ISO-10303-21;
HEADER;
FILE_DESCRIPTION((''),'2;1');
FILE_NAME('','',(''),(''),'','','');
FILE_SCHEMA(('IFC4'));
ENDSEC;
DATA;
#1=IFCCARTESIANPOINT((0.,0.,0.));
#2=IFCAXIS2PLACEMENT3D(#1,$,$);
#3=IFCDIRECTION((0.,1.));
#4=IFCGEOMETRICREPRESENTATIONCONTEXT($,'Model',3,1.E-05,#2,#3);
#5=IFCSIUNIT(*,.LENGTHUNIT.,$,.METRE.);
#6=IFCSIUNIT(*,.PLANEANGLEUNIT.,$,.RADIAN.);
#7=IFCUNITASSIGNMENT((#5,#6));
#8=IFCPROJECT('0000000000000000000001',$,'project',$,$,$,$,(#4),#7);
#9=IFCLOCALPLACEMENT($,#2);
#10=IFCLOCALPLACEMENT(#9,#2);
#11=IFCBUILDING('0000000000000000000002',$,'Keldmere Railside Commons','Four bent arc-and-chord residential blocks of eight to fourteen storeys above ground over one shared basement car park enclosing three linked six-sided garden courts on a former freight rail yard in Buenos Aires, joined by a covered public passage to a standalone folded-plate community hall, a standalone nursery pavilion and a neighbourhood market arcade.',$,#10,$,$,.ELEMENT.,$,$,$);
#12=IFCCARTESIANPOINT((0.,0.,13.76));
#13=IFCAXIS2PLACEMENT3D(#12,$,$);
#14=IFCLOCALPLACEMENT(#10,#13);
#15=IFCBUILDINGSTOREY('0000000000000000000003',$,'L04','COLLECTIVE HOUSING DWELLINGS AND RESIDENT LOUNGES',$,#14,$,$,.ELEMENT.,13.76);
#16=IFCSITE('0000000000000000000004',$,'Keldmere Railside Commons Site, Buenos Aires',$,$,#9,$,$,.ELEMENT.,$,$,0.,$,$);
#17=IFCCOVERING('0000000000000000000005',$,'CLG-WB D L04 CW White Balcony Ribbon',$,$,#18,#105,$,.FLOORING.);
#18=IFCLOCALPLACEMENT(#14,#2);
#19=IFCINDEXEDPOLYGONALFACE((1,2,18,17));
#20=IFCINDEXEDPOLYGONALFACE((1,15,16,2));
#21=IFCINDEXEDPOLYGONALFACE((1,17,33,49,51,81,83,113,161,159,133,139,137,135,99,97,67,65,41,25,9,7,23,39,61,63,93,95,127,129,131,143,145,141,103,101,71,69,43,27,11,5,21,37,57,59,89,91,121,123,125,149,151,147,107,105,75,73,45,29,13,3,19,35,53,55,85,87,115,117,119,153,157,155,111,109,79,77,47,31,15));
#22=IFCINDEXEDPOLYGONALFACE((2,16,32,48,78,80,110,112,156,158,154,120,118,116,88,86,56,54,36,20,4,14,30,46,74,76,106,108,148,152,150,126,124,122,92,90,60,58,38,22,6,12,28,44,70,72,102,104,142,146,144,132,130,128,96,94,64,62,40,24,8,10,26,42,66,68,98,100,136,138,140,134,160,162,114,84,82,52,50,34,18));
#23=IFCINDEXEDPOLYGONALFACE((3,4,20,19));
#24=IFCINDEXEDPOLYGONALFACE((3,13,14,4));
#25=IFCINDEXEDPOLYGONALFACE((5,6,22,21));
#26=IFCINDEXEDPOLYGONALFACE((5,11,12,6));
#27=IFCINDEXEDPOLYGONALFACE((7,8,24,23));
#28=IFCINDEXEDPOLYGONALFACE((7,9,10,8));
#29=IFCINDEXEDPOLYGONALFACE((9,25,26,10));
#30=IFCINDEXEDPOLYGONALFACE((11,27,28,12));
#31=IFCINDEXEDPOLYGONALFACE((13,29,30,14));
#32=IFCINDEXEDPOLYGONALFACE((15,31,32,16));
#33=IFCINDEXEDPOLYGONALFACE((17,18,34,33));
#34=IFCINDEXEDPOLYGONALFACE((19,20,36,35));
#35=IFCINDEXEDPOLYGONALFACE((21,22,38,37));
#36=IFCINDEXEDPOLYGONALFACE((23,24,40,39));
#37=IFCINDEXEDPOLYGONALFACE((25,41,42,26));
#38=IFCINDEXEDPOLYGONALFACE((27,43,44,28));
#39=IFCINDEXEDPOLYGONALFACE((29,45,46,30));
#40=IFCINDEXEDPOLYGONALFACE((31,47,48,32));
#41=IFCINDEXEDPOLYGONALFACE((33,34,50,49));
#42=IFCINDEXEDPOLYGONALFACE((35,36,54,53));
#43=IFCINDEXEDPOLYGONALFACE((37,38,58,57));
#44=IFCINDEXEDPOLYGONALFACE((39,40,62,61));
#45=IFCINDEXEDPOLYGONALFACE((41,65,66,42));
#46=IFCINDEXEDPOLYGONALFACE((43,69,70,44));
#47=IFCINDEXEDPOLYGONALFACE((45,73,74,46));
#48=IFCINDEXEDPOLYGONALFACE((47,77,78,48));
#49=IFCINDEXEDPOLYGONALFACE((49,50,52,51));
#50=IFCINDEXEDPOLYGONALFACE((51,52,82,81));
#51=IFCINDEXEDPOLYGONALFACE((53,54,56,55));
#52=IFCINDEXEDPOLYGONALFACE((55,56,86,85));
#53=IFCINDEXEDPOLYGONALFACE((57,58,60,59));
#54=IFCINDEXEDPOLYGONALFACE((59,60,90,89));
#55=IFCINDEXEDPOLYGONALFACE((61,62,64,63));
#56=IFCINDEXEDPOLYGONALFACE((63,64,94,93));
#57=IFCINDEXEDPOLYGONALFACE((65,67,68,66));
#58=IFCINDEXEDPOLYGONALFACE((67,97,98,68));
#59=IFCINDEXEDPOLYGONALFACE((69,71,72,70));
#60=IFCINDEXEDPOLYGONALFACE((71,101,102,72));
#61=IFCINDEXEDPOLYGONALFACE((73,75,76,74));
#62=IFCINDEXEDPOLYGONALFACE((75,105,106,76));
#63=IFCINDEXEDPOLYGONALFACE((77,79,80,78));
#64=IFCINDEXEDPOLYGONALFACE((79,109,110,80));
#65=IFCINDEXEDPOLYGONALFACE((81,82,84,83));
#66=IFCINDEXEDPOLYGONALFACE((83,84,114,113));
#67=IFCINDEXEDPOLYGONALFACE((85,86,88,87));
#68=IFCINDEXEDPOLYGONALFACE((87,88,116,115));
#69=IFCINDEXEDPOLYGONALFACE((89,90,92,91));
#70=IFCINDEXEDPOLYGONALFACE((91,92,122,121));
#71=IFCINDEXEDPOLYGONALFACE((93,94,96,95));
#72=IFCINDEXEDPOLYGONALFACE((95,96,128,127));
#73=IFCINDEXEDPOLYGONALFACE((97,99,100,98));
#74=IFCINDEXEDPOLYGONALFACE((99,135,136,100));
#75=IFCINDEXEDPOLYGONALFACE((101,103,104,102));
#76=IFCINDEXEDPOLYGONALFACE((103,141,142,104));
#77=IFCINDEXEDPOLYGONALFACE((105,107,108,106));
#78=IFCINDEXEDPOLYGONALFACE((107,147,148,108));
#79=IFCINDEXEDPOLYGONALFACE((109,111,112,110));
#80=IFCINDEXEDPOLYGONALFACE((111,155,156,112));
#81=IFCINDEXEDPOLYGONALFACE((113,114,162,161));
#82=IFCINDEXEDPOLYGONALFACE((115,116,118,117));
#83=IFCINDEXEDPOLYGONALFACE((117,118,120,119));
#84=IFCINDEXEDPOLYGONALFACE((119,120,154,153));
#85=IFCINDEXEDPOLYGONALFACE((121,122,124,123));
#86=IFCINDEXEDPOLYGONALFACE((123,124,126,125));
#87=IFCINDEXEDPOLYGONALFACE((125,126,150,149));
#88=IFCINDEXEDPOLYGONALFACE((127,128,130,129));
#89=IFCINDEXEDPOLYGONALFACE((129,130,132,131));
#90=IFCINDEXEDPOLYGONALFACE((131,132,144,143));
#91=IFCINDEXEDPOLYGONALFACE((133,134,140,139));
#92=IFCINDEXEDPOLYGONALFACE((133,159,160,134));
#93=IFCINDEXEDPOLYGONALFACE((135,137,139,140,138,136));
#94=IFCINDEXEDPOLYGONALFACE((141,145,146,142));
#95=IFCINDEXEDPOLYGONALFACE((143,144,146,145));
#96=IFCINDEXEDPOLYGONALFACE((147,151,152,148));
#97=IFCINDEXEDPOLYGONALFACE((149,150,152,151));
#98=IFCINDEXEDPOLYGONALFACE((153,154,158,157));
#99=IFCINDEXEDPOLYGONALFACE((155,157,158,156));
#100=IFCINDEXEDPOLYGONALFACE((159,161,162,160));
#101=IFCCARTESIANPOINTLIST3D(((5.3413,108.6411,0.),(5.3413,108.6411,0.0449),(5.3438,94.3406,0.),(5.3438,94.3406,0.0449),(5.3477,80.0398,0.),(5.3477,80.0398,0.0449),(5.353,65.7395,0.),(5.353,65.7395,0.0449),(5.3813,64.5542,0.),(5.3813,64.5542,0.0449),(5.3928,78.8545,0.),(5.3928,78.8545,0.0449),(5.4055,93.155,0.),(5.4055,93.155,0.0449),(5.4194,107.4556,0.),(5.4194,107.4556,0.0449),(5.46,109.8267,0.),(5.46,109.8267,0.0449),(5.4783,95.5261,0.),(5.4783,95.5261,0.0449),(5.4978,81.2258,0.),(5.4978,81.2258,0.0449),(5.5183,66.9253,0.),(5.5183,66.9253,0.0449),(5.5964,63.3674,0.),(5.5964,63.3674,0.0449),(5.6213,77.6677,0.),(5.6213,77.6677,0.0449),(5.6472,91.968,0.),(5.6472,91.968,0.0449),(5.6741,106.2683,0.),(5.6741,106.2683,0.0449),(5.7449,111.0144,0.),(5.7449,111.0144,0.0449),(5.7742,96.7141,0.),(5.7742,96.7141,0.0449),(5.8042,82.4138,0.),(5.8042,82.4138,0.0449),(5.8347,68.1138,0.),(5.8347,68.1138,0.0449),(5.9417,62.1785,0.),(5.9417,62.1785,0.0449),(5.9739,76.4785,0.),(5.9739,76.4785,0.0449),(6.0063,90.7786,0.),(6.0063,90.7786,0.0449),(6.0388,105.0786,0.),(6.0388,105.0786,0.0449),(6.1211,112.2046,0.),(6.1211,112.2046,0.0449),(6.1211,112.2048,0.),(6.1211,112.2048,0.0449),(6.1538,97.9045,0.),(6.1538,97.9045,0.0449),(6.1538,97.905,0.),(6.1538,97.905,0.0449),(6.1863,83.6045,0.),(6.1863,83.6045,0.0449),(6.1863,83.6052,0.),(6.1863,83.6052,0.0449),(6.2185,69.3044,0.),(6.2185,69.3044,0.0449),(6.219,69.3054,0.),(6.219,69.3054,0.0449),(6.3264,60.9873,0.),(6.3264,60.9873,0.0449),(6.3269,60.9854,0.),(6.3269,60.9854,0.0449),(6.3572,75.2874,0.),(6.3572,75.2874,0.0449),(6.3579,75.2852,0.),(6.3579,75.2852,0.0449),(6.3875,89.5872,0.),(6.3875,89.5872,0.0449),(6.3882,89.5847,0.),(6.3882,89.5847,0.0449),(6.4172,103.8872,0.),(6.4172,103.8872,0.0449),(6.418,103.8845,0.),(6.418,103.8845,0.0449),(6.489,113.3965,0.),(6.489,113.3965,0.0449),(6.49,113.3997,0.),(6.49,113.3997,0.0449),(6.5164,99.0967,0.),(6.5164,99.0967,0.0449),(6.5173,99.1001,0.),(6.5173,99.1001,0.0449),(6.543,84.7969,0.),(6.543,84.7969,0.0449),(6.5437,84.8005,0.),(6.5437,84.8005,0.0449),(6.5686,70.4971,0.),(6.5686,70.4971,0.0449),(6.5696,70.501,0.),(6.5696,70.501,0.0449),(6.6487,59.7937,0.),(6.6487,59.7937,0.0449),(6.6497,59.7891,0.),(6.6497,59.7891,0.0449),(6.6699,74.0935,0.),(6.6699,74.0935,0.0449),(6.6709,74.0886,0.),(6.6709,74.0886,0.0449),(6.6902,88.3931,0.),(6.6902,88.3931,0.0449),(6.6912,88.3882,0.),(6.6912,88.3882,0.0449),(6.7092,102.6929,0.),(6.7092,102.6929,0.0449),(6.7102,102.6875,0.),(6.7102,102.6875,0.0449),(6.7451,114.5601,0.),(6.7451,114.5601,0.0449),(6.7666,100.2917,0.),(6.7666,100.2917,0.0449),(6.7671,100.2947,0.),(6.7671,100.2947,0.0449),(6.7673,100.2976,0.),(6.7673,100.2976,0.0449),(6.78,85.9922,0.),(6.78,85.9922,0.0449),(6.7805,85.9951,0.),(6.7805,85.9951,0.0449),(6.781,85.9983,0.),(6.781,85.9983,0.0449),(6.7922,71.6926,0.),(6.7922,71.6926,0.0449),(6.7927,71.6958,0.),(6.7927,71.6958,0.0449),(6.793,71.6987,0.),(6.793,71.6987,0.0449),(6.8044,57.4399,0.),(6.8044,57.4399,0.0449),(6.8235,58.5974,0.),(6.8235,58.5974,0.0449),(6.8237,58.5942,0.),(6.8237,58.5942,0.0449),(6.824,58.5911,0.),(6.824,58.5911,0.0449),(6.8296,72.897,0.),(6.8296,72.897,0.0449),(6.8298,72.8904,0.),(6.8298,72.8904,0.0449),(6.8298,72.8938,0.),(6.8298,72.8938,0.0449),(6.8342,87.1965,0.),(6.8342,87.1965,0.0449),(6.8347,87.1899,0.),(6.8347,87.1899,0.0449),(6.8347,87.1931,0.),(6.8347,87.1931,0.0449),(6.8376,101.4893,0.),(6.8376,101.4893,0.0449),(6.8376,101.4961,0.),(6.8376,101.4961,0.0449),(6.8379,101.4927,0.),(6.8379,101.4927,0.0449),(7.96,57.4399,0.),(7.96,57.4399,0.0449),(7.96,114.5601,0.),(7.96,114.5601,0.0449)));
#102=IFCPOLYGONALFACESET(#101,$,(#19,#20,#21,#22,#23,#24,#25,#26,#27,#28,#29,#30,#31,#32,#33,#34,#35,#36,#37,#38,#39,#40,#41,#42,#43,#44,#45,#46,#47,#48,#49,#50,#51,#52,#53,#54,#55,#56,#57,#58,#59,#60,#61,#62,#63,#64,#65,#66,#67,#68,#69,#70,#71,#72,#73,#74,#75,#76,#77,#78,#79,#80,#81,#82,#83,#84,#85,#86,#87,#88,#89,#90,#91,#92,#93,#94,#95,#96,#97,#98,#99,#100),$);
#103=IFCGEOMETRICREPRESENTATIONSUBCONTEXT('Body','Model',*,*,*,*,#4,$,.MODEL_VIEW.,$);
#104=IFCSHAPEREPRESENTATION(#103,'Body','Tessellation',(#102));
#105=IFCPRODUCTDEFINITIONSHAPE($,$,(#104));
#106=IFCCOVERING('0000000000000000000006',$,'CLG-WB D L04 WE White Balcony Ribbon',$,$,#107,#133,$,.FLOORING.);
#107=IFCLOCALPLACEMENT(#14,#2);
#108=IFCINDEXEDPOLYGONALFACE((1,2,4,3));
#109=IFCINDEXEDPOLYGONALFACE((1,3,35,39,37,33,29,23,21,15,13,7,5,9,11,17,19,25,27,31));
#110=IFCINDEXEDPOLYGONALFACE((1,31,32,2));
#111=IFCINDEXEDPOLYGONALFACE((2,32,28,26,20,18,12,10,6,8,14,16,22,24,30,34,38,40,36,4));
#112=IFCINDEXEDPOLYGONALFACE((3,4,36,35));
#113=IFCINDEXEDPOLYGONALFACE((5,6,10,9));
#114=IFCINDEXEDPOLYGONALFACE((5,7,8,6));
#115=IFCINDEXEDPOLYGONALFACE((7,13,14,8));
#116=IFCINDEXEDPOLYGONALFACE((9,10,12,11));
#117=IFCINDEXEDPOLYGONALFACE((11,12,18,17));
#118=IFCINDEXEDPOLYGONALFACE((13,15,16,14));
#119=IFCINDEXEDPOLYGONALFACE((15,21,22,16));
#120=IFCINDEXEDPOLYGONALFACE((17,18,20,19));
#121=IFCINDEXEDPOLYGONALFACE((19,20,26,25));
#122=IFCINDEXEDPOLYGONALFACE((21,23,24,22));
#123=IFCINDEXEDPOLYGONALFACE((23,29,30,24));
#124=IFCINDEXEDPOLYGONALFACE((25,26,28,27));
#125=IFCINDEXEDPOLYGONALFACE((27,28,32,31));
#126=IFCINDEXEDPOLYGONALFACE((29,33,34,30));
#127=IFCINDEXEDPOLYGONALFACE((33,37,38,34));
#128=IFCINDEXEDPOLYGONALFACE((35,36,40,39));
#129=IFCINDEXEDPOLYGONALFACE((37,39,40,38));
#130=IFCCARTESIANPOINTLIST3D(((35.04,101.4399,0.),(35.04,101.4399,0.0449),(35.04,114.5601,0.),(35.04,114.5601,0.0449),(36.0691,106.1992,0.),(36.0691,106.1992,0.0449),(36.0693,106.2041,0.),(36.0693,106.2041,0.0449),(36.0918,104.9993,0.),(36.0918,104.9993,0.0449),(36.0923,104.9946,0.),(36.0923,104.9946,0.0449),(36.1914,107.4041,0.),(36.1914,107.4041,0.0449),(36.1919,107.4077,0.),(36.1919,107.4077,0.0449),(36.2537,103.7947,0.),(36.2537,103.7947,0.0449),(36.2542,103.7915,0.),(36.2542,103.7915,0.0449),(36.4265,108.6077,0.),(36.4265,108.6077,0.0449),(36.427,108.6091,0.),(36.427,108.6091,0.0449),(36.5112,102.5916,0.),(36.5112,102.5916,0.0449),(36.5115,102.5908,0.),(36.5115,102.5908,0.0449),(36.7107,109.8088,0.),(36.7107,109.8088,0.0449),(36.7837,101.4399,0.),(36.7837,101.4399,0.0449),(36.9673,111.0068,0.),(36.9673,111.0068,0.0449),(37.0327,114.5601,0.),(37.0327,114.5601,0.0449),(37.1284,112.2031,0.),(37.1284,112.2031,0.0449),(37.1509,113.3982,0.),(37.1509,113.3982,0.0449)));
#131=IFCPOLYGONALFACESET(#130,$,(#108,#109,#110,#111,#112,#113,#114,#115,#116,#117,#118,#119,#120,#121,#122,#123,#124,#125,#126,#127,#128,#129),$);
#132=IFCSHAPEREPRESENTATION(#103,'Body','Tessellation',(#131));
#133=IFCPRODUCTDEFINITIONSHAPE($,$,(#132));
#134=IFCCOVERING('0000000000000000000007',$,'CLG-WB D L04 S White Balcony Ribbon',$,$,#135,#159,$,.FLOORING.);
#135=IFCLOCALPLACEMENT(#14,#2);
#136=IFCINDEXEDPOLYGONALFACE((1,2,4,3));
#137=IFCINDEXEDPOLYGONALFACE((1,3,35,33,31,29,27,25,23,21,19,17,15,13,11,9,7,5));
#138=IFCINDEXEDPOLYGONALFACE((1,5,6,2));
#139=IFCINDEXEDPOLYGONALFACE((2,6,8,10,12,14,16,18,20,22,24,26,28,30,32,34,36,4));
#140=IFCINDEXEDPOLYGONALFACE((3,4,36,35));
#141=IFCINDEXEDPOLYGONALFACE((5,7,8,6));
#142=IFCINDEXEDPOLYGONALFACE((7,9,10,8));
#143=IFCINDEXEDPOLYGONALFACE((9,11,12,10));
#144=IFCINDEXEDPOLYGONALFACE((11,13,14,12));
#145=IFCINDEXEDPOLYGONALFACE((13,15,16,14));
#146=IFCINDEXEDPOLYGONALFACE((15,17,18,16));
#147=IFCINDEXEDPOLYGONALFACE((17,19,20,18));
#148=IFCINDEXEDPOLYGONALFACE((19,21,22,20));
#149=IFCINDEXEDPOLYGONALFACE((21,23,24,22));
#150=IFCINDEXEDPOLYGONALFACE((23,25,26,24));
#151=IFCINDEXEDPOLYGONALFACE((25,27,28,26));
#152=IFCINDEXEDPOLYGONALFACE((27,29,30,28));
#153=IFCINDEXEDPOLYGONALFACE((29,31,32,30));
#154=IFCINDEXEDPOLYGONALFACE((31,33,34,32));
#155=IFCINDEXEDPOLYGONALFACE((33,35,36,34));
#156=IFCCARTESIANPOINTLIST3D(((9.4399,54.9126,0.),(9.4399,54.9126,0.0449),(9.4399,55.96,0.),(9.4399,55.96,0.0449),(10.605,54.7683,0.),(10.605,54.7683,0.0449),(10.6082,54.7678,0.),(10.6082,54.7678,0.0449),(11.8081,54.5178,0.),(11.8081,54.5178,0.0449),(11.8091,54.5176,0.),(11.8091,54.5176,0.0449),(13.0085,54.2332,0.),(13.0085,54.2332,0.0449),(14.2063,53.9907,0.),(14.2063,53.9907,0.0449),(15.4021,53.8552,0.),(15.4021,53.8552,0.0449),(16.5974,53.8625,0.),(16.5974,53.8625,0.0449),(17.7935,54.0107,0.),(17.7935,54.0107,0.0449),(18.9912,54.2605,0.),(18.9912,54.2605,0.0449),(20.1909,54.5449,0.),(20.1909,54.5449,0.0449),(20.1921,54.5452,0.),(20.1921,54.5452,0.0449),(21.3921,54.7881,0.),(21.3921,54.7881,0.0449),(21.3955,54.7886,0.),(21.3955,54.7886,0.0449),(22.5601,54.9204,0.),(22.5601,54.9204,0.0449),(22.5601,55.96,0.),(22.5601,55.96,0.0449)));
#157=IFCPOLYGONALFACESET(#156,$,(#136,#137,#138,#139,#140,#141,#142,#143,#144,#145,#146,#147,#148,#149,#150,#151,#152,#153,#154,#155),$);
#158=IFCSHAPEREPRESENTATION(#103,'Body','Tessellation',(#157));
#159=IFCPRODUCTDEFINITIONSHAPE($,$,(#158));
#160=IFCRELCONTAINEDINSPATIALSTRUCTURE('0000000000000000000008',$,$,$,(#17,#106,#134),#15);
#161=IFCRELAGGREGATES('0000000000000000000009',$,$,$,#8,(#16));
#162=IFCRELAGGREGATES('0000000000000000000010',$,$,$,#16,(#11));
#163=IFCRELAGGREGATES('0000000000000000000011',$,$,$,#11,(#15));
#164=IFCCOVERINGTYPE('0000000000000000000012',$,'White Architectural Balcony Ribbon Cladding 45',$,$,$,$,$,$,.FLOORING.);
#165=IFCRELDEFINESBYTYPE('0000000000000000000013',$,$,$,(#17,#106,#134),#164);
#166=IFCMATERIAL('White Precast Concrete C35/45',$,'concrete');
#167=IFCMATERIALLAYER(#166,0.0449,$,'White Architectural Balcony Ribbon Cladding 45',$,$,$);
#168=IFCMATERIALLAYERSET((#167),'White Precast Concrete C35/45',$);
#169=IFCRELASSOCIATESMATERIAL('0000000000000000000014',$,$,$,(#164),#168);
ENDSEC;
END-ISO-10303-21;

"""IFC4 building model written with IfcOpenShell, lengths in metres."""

from ifc_helpers import new_model, si_unit, direction, frame, origin, place, context, subcontext, project, spatial, polyline, outline, extrude, material, layer, layer_set, type_object, element, save


model = new_model("IFC4")

# Units and contexts
model_context = context("Model", 3, precision=1e-05, world=origin(), true_north=direction((0.0, 1.0)))
body_context = subcontext(model_context, "Body", "Model", "MODEL_VIEW")
ifc_project = project(units=[si_unit("LENGTHUNIT", "METRE"), si_unit("PLANEANGLEUNIT", "RADIAN")], contexts=[model_context])

# Site, building, storey
site_placement = place(None, origin())
site = spatial("IfcSite", under=ifc_project, at=site_placement, Name="Keldmere Railside Commons Site, Buenos Aires", CompositionType="ELEMENT", RefElevation=0.0)
building_placement = place(site_placement, origin())
building = spatial("IfcBuilding", under=site, at=building_placement, Name="Keldmere Railside Commons", Description="Four bent arc-and-chord residential blocks of eight to fourteen storeys above ground over one shared basement car park enclosing three linked six-sided garden courts on a former freight rail yard in Buenos Aires, joined by a covered public passage to a standalone folded-plate community hall, a standalone nursery pavilion and a neighbourhood market arcade.", CompositionType="ELEMENT")
storey_placement = place(building_placement, frame((0.0, 0.0, 13.76)))
storey = spatial("IfcBuildingStorey", under=building, at=storey_placement, Name="L04", Description="COLLECTIVE HOUSING DWELLINGS AND RESIDENT LOUNGES", CompositionType="ELEMENT", Elevation=13.76)

# Coverings
ifc_material_1 = material(Name="White Precast Concrete C35/45", Category="concrete")
ifc_layer_1 = layer(ifc_material_1, 0.0449, Name="White Architectural Balcony Ribbon Cladding 45")
ifc_layer_set_1 = layer_set([ifc_layer_1], Name="White Precast Concrete C35/45")
covering_type_1 = type_object("IfcCoveringType", Name="White Architectural Balcony Ribbon Cladding 45", PredefinedType="FLOORING", material=ifc_layer_set_1)
covering_1_placement = place(storey_placement, origin())
element("IfcCovering", 1, at=covering_1_placement, inside=storey, type_object=covering_type_1, Name="CLG-WB D L04 CW White Balcony Ribbon", PredefinedType="FLOORING", context=body_context, shape_type="SweptSolid", body=[
    extrude(outline(polyline([(7.96, 114.5601), (6.7451, 114.5601), (6.49, 113.3997), (6.489, 113.3965), (6.1211, 112.2048), (6.1211, 112.2046), (5.7449, 111.0144), (5.46, 109.8267), (5.3413, 108.6411), (5.4194, 107.4556), (5.6741, 106.2683), (6.0388, 105.0786), (6.4172, 103.8872), (6.418, 103.8845), (6.7092, 102.6929), (6.7102, 102.6875), (6.8376, 101.4961), (6.8379, 101.4927), (6.8376, 101.4893), (6.7673, 100.2976), (6.7671, 100.2947), (6.7666, 100.2917), (6.5173, 99.1001), (6.5164, 99.0967), (6.1538, 97.905), (6.1538, 97.9045), (5.7742, 96.7141), (5.4783, 95.5261), (5.3438, 94.3406), (5.4055, 93.155), (5.6472, 91.968), (6.0063, 90.7786), (6.3875, 89.5872), (6.3882, 89.5847), (6.6902, 88.3931), (6.6912, 88.3882), (6.8342, 87.1965), (6.8347, 87.1931), (6.8347, 87.1899), (6.781, 85.9983), (6.7805, 85.9951), (6.78, 85.9922), (6.5437, 84.8005), (6.543, 84.7969), (6.1863, 83.6052), (6.1863, 83.6045), (5.8042, 82.4138), (5.4978, 81.2258), (5.3477, 80.0398), (5.3928, 78.8545), (5.6213, 77.6677), (5.9739, 76.4785), (6.3572, 75.2874), (6.3579, 75.2852), (6.6699, 74.0935), (6.6709, 74.0886), (6.8296, 72.897), (6.8298, 72.8938), (6.8298, 72.8904), (6.793, 71.6987), (6.7927, 71.6958), (6.7922, 71.6926), (6.5696, 70.501), (6.5686, 70.4971), (6.219, 69.3054), (6.2185, 69.3044), (5.8347, 68.1138), (5.5183, 66.9253), (5.353, 65.7395), (5.3813, 64.5542), (5.5964, 63.3674), (5.9417, 62.1785), (6.3264, 60.9873), (6.3269, 60.9854), (6.6487, 59.7937), (6.6497, 59.7891), (6.8235, 58.5974), (6.8237, 58.5942), (6.824, 58.5911), (6.8044, 57.4399), (7.96, 57.4399), (7.96, 114.5601)])), origin(), (0.0, 0.0, 1.0), 0.0449),
])
covering_2_placement = place(storey_placement, origin())
element("IfcCovering", 2, at=covering_2_placement, inside=storey, type_object=covering_type_1, Name="CLG-WB D L04 WE White Balcony Ribbon", PredefinedType="FLOORING", context=body_context, shape_type="SweptSolid", body=[
    extrude(outline(polyline([(36.5115, 102.5908), (36.5112, 102.5916), (36.2542, 103.7915), (36.2537, 103.7947), (36.0923, 104.9946), (36.0918, 104.9993), (36.0691, 106.1992), (36.0693, 106.2041), (36.1914, 107.4041), (36.1919, 107.4077), (36.4265, 108.6077), (36.427, 108.6091), (36.7107, 109.8088), (36.9673, 111.0068), (37.1284, 112.2031), (37.1509, 113.3982), (37.0327, 114.5601), (35.04, 114.5601), (35.04, 101.4399), (36.7837, 101.4399), (36.5115, 102.5908)])), origin(), (0.0, 0.0, 1.0), 0.0449),
])
covering_3_placement = place(storey_placement, origin())
element("IfcCovering", 3, at=covering_3_placement, inside=storey, type_object=covering_type_1, Name="CLG-WB D L04 S White Balcony Ribbon", PredefinedType="FLOORING", context=body_context, shape_type="SweptSolid", body=[
    extrude(outline(polyline([(10.605, 54.7683), (10.6082, 54.7678), (11.8081, 54.5178), (11.8091, 54.5176), (13.0085, 54.2332), (14.2063, 53.9907), (15.4021, 53.8552), (16.5974, 53.8625), (17.7935, 54.0107), (18.9912, 54.2605), (20.1909, 54.5449), (20.1921, 54.5452), (21.3921, 54.7881), (21.3955, 54.7886), (22.5601, 54.9204), (22.5601, 55.96), (9.4399, 55.96), (9.4399, 54.9126), (10.605, 54.7683)])), origin(), (0.0, 0.0, 1.0), 0.0449),
])

save(model, "model.ifc")
